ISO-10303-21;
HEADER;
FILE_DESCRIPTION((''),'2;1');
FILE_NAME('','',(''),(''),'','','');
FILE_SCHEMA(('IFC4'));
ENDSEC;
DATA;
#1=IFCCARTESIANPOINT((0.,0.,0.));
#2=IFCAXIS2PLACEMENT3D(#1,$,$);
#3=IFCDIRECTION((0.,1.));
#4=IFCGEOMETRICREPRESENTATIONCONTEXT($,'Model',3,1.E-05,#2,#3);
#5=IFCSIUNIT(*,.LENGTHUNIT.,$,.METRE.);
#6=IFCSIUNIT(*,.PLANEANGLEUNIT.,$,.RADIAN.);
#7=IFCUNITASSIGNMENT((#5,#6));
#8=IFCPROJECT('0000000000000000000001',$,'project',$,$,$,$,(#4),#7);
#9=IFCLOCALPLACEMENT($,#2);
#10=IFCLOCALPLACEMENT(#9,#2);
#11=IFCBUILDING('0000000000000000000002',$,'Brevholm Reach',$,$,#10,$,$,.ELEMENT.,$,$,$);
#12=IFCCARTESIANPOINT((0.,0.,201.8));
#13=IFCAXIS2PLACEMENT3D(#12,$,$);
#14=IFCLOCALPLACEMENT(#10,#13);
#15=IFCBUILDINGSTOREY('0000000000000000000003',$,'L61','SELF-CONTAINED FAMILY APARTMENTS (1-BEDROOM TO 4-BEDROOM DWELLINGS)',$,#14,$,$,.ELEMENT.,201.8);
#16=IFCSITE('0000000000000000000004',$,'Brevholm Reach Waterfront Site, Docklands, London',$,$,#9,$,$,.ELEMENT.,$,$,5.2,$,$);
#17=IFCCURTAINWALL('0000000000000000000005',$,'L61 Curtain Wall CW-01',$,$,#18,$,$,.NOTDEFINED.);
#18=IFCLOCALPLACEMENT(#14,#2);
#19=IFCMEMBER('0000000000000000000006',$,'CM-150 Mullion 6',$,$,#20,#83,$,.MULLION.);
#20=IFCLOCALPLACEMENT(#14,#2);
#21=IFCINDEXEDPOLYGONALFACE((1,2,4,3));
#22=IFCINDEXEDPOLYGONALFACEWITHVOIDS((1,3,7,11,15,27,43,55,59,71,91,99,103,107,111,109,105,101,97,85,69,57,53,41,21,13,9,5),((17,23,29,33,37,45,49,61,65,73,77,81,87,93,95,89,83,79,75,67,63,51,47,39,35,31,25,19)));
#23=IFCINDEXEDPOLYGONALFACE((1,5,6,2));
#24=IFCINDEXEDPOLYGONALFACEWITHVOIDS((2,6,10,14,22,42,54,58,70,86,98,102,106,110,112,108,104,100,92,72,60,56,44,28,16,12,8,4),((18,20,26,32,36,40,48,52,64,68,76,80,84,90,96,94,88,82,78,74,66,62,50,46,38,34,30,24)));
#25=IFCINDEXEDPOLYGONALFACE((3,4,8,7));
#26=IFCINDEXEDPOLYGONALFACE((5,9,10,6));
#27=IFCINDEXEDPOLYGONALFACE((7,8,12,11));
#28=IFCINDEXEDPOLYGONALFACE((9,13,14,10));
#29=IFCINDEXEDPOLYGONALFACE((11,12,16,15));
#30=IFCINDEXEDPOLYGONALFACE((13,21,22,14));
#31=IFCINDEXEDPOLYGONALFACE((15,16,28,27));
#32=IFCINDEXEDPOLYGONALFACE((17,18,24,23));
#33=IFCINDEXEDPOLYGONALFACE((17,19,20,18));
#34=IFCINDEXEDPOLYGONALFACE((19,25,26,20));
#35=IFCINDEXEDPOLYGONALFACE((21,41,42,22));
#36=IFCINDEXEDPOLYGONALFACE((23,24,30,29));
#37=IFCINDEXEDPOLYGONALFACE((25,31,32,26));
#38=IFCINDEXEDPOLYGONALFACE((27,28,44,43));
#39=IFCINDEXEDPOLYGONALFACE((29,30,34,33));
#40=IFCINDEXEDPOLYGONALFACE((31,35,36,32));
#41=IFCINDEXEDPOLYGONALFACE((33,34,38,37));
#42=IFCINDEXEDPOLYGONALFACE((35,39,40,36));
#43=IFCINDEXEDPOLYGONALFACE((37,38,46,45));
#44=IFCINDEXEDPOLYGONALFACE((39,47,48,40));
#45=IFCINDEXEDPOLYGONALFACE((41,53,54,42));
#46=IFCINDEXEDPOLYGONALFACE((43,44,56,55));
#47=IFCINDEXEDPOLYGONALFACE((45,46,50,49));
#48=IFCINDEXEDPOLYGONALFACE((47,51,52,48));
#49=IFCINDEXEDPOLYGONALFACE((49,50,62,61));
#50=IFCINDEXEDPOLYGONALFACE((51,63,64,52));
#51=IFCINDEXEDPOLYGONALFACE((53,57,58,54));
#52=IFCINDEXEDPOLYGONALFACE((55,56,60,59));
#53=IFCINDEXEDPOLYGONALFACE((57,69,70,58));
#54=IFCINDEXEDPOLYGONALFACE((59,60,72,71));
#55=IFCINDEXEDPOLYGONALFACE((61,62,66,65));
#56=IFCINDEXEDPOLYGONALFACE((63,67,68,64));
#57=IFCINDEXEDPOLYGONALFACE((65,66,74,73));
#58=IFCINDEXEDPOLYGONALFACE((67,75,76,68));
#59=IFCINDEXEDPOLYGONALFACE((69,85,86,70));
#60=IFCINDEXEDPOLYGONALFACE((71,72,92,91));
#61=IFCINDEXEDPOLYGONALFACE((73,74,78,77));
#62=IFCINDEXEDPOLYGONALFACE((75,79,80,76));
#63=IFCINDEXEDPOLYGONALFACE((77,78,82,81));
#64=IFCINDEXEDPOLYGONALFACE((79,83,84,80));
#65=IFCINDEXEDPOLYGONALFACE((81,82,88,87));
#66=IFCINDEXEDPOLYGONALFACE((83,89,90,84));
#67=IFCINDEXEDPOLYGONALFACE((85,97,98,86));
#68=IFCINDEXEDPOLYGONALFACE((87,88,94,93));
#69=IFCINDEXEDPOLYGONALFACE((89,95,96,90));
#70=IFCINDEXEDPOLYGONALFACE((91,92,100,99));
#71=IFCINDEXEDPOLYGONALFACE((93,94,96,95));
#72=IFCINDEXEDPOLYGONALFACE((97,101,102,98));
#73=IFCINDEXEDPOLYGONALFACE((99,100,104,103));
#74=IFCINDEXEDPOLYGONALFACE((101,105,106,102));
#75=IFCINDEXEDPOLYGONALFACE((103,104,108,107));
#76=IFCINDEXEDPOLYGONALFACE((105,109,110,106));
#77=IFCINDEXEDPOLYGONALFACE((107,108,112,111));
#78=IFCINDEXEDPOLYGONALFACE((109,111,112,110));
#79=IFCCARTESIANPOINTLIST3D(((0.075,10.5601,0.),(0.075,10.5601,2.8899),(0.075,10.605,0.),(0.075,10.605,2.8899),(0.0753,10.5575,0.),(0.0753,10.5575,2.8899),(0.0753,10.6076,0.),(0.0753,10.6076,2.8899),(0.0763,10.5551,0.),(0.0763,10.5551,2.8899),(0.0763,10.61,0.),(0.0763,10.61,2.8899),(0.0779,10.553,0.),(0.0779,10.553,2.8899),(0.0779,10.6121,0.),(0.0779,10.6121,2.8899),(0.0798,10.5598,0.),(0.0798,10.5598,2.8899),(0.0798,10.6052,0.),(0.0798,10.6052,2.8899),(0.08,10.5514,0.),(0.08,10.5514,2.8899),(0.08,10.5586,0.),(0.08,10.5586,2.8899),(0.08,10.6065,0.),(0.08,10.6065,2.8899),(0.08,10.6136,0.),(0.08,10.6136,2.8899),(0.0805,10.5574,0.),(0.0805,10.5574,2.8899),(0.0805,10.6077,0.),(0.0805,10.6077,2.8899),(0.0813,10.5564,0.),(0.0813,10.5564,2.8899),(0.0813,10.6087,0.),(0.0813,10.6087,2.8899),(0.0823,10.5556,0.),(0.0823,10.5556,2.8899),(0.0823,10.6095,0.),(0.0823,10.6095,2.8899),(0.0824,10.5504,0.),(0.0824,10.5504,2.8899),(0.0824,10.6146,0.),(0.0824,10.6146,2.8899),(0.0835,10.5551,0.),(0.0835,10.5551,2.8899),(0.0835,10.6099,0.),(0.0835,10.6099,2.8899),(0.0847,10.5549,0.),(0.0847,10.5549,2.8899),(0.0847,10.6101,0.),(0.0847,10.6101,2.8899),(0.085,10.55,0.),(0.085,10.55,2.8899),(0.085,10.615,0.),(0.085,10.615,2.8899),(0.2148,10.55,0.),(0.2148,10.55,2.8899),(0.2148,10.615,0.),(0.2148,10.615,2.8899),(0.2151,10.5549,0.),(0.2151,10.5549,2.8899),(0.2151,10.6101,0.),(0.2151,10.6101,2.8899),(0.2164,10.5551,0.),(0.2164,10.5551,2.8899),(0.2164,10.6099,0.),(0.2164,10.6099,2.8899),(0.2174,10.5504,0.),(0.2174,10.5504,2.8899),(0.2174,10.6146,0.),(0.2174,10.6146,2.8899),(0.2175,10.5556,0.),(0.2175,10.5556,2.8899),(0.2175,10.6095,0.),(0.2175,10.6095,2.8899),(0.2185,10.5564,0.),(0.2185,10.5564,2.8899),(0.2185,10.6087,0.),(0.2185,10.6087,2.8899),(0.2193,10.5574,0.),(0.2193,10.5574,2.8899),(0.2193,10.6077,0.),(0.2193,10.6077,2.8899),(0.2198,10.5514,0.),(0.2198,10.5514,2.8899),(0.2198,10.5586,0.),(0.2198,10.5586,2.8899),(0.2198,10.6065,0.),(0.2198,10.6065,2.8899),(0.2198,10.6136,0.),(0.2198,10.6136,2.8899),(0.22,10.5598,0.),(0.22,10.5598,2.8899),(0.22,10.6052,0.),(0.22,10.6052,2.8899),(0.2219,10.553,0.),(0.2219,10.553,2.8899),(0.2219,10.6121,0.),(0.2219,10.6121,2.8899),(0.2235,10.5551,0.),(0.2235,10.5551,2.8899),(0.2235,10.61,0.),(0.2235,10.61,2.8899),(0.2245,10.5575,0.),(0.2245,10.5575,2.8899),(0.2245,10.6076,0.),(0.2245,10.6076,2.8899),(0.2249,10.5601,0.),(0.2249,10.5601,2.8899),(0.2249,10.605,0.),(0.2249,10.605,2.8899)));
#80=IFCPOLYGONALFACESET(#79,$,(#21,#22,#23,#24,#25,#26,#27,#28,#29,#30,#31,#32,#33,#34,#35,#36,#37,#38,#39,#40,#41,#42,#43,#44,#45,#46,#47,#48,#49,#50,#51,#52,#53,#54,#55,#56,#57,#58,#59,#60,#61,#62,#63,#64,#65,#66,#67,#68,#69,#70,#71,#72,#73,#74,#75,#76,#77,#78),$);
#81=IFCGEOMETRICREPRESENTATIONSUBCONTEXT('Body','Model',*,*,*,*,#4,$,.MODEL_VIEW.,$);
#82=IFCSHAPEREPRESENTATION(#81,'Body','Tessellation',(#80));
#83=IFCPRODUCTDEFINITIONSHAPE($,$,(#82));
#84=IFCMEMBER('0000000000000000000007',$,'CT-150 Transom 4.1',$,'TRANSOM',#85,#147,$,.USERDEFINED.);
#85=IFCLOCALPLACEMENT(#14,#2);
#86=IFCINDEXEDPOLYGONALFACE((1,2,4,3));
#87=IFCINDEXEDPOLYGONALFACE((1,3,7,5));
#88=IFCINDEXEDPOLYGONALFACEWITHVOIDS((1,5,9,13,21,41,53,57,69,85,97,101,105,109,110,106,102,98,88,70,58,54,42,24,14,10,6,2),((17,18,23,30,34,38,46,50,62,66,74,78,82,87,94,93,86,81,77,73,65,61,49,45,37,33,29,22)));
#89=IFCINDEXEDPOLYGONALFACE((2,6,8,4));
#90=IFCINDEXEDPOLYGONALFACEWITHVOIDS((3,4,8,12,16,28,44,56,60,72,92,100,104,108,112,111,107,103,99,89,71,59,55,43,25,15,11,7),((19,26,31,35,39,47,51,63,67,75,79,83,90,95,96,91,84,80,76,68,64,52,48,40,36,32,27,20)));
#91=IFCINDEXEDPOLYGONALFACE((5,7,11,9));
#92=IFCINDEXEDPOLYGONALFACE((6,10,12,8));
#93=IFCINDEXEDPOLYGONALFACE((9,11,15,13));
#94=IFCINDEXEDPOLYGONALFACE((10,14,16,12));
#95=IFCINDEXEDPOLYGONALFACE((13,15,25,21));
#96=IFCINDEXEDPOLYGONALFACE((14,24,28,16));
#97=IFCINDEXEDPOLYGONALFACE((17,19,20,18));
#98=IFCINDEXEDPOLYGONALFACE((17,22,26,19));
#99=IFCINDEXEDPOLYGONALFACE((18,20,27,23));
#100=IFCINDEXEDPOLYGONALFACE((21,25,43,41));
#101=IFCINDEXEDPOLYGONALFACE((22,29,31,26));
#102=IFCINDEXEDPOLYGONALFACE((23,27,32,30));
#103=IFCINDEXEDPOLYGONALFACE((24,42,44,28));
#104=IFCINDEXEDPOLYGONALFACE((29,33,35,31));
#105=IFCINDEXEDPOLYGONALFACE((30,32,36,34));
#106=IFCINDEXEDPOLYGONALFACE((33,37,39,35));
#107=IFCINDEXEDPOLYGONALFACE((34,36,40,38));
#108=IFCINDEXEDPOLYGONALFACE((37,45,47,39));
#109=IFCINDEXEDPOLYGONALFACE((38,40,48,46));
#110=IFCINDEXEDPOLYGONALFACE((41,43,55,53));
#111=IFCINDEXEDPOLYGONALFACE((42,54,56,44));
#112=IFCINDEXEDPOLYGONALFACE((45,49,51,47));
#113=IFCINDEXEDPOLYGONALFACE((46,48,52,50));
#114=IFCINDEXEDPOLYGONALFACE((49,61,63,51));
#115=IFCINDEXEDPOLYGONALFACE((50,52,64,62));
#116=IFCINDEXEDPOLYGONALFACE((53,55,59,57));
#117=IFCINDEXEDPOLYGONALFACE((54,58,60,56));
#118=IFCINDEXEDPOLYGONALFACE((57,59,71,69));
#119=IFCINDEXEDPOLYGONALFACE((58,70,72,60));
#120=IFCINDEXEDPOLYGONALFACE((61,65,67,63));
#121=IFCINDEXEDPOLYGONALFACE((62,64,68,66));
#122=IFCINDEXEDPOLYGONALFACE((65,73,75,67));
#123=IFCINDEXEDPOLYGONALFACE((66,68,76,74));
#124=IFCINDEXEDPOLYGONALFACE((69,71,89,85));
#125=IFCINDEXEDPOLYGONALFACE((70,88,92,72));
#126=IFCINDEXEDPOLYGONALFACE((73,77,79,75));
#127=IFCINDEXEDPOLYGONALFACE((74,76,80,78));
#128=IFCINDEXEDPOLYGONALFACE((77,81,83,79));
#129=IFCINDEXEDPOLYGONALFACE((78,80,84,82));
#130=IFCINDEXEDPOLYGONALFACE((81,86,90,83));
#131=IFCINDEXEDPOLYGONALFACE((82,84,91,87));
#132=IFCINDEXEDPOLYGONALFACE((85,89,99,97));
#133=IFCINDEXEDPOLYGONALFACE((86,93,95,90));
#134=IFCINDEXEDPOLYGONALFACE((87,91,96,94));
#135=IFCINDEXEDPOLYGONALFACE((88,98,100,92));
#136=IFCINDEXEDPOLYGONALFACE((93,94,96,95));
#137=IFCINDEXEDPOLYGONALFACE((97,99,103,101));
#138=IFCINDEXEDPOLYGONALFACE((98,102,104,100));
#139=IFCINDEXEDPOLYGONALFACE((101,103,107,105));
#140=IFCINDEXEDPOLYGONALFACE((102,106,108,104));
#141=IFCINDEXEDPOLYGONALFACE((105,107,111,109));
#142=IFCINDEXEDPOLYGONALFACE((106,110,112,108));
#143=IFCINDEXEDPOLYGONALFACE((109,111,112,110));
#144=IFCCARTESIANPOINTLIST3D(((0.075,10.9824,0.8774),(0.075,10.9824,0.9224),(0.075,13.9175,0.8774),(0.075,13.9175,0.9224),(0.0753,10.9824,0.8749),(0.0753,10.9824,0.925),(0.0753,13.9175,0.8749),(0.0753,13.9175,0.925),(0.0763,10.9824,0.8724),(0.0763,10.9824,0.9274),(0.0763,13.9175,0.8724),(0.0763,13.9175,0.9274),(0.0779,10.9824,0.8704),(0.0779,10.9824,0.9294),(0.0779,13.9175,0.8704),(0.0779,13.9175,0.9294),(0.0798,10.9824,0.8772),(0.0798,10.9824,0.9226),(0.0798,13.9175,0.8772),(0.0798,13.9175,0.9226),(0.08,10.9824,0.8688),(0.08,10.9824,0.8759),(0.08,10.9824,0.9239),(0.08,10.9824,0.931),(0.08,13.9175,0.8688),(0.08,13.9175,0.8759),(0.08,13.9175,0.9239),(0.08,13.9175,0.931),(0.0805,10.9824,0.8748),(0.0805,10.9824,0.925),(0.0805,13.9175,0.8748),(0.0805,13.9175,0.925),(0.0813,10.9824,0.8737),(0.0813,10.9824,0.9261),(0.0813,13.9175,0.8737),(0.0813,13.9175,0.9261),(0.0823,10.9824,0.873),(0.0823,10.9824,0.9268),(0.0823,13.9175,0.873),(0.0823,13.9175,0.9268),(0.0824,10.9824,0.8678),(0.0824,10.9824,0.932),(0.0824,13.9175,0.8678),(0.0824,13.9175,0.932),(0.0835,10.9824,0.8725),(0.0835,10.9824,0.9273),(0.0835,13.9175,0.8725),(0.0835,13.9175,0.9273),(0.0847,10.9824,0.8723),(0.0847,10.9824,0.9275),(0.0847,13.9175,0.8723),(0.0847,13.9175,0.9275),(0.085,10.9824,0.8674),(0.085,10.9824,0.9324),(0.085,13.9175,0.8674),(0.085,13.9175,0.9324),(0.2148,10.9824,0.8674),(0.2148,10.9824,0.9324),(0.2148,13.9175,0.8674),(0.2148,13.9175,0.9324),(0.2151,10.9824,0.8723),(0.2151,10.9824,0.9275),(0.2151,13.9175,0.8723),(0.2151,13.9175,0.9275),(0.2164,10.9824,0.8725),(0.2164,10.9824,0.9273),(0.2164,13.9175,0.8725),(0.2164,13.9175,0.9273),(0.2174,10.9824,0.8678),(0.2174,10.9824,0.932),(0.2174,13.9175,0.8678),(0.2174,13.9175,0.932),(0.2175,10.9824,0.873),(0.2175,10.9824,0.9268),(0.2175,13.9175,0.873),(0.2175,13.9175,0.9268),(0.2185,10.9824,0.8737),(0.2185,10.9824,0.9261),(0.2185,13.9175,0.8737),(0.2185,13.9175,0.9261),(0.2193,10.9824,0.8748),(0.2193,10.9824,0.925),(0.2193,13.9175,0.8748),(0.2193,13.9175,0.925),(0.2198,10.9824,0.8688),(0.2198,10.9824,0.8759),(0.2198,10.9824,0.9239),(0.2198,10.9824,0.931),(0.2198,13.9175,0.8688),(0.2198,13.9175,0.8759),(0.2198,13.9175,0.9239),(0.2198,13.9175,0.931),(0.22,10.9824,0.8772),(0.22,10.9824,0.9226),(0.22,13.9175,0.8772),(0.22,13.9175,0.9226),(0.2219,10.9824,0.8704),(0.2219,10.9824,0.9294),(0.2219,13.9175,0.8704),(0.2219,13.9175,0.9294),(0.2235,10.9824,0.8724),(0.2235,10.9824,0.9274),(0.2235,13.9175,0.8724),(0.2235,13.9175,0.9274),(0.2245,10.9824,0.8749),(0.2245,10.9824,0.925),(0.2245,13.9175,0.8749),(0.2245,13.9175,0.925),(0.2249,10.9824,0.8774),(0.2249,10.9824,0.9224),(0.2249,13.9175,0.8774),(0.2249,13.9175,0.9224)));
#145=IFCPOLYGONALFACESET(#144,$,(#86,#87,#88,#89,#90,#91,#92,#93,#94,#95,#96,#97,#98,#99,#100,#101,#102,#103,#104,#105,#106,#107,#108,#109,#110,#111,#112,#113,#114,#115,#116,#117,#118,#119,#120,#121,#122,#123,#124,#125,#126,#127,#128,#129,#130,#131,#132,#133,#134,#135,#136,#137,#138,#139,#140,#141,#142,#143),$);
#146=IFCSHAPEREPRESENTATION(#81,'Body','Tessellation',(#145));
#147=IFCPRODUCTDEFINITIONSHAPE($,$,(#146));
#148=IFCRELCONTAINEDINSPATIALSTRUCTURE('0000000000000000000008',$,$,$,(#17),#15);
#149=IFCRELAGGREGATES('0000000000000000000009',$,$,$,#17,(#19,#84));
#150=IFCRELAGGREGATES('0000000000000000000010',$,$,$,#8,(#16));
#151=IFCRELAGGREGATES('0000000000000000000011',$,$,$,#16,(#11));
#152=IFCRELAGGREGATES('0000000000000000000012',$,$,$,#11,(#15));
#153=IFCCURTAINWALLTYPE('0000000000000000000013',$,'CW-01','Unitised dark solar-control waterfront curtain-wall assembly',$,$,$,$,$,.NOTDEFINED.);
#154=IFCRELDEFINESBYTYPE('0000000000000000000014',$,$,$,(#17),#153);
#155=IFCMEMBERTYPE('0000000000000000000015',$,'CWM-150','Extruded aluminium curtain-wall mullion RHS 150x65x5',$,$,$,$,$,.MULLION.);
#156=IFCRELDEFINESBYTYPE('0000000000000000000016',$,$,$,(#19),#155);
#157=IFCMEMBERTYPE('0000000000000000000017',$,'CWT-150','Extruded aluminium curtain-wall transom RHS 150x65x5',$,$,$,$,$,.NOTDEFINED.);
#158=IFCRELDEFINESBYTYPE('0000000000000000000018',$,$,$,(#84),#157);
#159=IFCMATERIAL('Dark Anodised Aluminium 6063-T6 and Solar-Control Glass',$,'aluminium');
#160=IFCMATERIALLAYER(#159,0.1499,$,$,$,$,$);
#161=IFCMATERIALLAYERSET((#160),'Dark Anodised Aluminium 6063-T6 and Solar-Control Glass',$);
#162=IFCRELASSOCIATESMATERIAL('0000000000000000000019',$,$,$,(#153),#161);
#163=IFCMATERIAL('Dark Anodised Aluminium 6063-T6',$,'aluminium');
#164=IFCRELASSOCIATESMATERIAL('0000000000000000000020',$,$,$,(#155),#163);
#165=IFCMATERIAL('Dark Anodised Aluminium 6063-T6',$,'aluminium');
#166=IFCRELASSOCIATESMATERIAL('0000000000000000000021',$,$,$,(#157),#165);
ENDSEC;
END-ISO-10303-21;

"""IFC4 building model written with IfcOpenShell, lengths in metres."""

from ifc_helpers import new_model, si_unit, direction, frame, origin, origin_2d, place, context, subcontext, project, spatial, hollow_rectangle, extrude, material, layer, layer_set, material_profile, profile_set, type_object, element, aggregate, save


model = new_model("IFC4")

# Units and contexts
model_context = context("Model", 3, precision=1e-05, world=origin(), true_north=direction((0.0, 1.0)))
body_context = subcontext(model_context, "Body", "Model", "MODEL_VIEW")
ifc_project = project(units=[si_unit("LENGTHUNIT", "METRE"), si_unit("PLANEANGLEUNIT", "RADIAN")], contexts=[model_context])

# Site, building, storey
site_placement = place(None, origin())
site = spatial("IfcSite", under=ifc_project, at=site_placement, Name="Brevholm Reach Waterfront Site, Docklands, London", CompositionType="ELEMENT", RefElevation=5.2)
building_placement = place(site_placement, origin())
building = spatial("IfcBuilding", under=site, at=building_placement, Name="Brevholm Reach", CompositionType="ELEMENT")
storey_placement = place(building_placement, frame((0.0, 0.0, 201.8)))
storey = spatial("IfcBuildingStorey", under=building, at=storey_placement, Name="L61", Description="SELF-CONTAINED FAMILY APARTMENTS (1-BEDROOM TO 4-BEDROOM DWELLINGS)", CompositionType="ELEMENT", Elevation=201.8)

# Curtain wall, members
ifc_material_1 = material(Name="Dark Anodised Aluminium 6063-T6 and Solar-Control Glass", Category="aluminium")
ifc_layer_1 = layer(ifc_material_1, 0.1499)
ifc_layer_set_1 = layer_set([ifc_layer_1], Name="Dark Anodised Aluminium 6063-T6 and Solar-Control Glass")
curtain_wall_type = type_object("IfcCurtainWallType", Name="CW-01", Description="Unitised dark solar-control waterfront curtain-wall assembly", PredefinedType="NOTDEFINED", material=ifc_layer_set_1)
curtain_wall_placement = place(storey_placement, origin())
curtain_wall = element("IfcCurtainWall", 1, at=curtain_wall_placement, inside=storey, type_object=curtain_wall_type, Name="L61 Curtain Wall CW-01", PredefinedType="NOTDEFINED")
ifc_material_2 = material(Name="Dark Anodised Aluminium 6063-T6", Category="aluminium")
ifc_material_profile_1 = material_profile(ifc_material_2, hollow_rectangle(XDim=0.0649, YDim=0.1499, WallThickness=0.0049, InnerFilletRadius=0.0049, OuterFilletRadius=0.01, at=origin_2d()), Name="RHS 150x65x5")
ifc_profile_set_1 = profile_set([ifc_material_profile_1], Name="Dark Anodised Aluminium 6063-T6")
member_type_1 = type_object("IfcMemberType", Name="CWM-150", Description="Extruded aluminium curtain-wall mullion RHS 150x65x5", PredefinedType="MULLION", material=ifc_profile_set_1)
member_1_placement = place(storey_placement, frame((0.1499, 10.5825, 0.0), z_axis=(0.0, 0.0, 1.0), x_axis=(0.0, -1.0, 0.0)))
member_1 = element("IfcMember", 2, at=member_1_placement, type_object=member_type_1, Name="CM-150 Mullion 6", PredefinedType="MULLION", context=body_context, shape_type="SweptSolid", body=[
    extrude(hollow_rectangle(XDim=0.0649, YDim=0.1499, WallThickness=0.0049, InnerFilletRadius=0.0049, OuterFilletRadius=0.01, at=origin_2d()), origin(), (0.0, 0.0, 1.0), 2.8899),
])
ifc_material_3 = material(Name="Dark Anodised Aluminium 6063-T6", Category="aluminium")
ifc_material_profile_2 = material_profile(ifc_material_3, hollow_rectangle(XDim=0.0649, YDim=0.1499, WallThickness=0.0049, InnerFilletRadius=0.0049, OuterFilletRadius=0.01, at=origin_2d()), Name="RHS 150x65x5")
ifc_profile_set_2 = profile_set([ifc_material_profile_2], Name="Dark Anodised Aluminium 6063-T6")
member_type_2 = type_object("IfcMemberType", Name="CWT-150", Description="Extruded aluminium curtain-wall transom RHS 150x65x5", PredefinedType="NOTDEFINED", material=ifc_profile_set_2)
member_2_placement = place(storey_placement, frame((0.1499, 13.9175, 0.8999), z_axis=(0.0, -1.0, 0.0), x_axis=(0.0, 0.0, 1.0)))
member_2 = element("IfcMember", 3, at=member_2_placement, type_object=member_type_2, Name="CT-150 Transom 4.1", ObjectType="TRANSOM", PredefinedType="USERDEFINED", context=body_context, shape_type="SweptSolid", body=[
    extrude(hollow_rectangle(XDim=0.0649, YDim=0.1499, WallThickness=0.0049, InnerFilletRadius=0.0049, OuterFilletRadius=0.01, at=origin_2d()), origin(), (0.0, 0.0, 1.0), 2.9351),
])
aggregate(curtain_wall, [member_1, member_2])

save(model, "model.ifc")
